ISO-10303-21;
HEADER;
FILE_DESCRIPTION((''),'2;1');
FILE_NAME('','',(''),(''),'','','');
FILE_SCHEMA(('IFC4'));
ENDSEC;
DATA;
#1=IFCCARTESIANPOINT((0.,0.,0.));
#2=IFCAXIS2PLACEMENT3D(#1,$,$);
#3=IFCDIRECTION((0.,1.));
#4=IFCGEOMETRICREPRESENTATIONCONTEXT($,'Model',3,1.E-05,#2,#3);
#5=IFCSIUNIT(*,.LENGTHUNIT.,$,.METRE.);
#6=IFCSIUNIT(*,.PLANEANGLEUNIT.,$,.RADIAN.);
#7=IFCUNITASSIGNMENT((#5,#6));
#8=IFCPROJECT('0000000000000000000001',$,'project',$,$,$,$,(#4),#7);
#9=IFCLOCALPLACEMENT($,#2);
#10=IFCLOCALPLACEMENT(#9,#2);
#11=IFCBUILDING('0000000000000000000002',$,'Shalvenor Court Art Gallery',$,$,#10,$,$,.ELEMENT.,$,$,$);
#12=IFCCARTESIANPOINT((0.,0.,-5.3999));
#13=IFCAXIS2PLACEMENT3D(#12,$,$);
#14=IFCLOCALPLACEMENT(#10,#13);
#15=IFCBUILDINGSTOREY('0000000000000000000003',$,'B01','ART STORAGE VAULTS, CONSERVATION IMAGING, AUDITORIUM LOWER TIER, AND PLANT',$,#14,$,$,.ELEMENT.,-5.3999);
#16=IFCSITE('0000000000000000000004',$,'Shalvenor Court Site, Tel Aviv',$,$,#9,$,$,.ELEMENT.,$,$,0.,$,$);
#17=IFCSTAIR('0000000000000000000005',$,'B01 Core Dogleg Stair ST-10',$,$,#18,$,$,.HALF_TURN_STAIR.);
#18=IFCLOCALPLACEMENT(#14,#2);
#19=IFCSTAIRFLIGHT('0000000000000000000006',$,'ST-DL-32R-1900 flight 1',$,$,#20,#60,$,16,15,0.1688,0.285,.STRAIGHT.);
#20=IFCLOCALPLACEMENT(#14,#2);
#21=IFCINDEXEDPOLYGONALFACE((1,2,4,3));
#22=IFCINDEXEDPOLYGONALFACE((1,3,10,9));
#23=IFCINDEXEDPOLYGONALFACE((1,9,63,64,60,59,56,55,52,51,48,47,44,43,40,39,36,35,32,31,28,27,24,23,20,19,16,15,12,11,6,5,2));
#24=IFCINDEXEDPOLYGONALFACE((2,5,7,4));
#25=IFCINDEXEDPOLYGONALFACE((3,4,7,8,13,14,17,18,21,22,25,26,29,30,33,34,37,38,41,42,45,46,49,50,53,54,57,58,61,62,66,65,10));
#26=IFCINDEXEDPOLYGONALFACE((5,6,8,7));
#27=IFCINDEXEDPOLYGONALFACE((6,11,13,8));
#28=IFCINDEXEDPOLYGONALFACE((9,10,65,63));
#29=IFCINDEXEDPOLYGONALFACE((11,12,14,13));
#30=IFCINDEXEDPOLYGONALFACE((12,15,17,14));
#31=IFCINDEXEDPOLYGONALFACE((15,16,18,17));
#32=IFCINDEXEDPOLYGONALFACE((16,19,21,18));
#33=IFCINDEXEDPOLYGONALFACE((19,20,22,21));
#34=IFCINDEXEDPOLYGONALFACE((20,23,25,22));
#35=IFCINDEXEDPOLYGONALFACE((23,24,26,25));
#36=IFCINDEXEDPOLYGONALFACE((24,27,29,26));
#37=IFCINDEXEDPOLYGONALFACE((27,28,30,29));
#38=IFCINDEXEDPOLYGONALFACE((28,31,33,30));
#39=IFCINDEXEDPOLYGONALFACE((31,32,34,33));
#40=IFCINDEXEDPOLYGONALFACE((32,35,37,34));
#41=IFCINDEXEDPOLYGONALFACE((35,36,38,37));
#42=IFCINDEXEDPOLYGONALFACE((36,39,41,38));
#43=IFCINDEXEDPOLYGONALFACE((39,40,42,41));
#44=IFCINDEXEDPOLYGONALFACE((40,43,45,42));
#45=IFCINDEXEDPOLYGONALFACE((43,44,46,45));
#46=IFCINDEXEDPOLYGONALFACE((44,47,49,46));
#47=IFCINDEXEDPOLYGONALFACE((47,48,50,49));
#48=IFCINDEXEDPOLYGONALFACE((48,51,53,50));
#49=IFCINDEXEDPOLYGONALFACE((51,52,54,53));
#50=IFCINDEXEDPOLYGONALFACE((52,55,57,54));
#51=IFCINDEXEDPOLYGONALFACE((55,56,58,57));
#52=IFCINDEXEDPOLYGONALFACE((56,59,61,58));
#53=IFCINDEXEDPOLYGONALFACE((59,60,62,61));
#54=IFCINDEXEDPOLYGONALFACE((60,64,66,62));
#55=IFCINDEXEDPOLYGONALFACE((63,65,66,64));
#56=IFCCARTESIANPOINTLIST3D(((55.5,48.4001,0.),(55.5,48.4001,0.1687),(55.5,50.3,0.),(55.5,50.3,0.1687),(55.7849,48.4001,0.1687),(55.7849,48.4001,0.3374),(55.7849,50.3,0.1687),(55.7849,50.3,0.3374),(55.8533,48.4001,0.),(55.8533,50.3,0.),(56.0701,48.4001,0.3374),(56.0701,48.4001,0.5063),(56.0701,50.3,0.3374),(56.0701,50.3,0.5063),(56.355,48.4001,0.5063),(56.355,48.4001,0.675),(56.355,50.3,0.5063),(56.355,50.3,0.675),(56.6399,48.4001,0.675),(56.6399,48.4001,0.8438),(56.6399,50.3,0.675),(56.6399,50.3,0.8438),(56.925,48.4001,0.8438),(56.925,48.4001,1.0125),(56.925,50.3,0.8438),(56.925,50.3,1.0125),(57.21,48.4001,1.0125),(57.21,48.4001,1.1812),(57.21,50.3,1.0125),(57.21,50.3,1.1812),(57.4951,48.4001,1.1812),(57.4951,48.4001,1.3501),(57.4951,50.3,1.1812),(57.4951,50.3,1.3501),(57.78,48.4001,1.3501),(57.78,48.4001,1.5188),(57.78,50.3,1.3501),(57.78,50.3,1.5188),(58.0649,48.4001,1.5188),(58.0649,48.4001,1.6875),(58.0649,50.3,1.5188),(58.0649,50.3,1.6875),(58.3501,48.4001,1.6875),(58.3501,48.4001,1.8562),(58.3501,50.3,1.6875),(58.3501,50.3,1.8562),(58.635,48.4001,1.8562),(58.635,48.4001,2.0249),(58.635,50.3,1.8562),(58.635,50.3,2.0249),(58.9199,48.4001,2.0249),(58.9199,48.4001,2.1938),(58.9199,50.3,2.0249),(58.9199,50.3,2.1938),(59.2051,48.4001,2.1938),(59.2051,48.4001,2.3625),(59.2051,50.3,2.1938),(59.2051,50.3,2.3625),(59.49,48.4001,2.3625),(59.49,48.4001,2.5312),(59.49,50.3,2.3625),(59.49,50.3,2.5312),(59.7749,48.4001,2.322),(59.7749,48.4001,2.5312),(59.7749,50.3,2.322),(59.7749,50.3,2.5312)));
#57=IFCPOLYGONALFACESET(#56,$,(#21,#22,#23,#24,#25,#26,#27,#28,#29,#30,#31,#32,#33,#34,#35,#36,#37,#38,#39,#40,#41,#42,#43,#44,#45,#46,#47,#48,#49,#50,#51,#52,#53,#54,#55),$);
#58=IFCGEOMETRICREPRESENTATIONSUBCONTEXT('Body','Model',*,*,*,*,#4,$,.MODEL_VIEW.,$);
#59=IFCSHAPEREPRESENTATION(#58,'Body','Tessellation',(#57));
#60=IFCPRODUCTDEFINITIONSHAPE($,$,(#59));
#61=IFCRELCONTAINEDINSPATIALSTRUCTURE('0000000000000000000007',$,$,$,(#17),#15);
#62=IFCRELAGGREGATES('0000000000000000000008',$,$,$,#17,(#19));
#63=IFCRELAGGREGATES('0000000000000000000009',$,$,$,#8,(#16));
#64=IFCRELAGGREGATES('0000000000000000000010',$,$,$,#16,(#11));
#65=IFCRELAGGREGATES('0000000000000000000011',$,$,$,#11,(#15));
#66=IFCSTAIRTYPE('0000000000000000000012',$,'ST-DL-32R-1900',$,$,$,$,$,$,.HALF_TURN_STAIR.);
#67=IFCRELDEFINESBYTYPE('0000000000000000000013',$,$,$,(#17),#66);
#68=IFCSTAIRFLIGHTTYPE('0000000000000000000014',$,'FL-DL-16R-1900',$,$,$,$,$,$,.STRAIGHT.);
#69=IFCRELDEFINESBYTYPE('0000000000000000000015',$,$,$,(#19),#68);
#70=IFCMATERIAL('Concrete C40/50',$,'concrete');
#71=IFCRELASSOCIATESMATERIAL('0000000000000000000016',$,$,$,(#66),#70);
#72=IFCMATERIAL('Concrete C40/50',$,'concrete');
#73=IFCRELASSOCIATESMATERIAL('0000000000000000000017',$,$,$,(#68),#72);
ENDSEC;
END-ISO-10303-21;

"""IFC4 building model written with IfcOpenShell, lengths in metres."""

from ifc_helpers import new_model, si_unit, direction, frame, origin, place, context, subcontext, project, spatial, polyline, outline, extrude, material, type_object, element, aggregate, save


model = new_model("IFC4")

# Units and contexts
model_context = context("Model", 3, precision=1e-05, world=origin(), true_north=direction((0.0, 1.0)))
body_context = subcontext(model_context, "Body", "Model", "MODEL_VIEW")
ifc_project = project(units=[si_unit("LENGTHUNIT", "METRE"), si_unit("PLANEANGLEUNIT", "RADIAN")], contexts=[model_context])

# Site, building, storey
site_placement = place(None, origin())
site = spatial("IfcSite", under=ifc_project, at=site_placement, Name="Shalvenor Court Site, Tel Aviv", CompositionType="ELEMENT", RefElevation=0.0)
building_placement = place(site_placement, origin())
building = spatial("IfcBuilding", under=site, at=building_placement, Name="Shalvenor Court Art Gallery", CompositionType="ELEMENT")
storey_placement = place(building_placement, frame((0.0, 0.0, -5.3999)))
storey = spatial("IfcBuildingStorey", under=building, at=storey_placement, Name="B01", Description="ART STORAGE VAULTS, CONSERVATION IMAGING, AUDITORIUM LOWER TIER, AND PLANT", CompositionType="ELEMENT", Elevation=-5.3999)

# Stair, stair flight
ifc_material_1 = material(Name="Concrete C40/50", Category="concrete")
stair_type = type_object("IfcStairType", Name="ST-DL-32R-1900", PredefinedType="HALF_TURN_STAIR", material=ifc_material_1)
stair_placement = place(storey_placement, origin())
stair = element("IfcStair", 1, at=stair_placement, inside=storey, type_object=stair_type, Name="B01 Core Dogleg Stair ST-10", PredefinedType="HALF_TURN_STAIR")
ifc_material_2 = material(Name="Concrete C40/50", Category="concrete")
stair_flight_type = type_object("IfcStairFlightType", Name="FL-DL-16R-1900", PredefinedType="STRAIGHT", material=ifc_material_2)
stair_flight_placement = place(storey_placement, frame((55.5, 49.3501, 0.0), z_axis=(0.0, 0.0, 1.0), x_axis=(1.0, 0.0, 0.0)))
stair_flight = element("IfcStairFlight", 2, at=stair_flight_placement, type_object=stair_flight_type, Name="ST-DL-32R-1900 flight 1", NumberOfRisers=16, NumberOfTreads=15, PredefinedType="STRAIGHT", RiserHeight=0.1688, TreadLength=0.285, context=body_context, shape_type="SweptSolid", body=[
    extrude(outline(polyline([(0.0, 0.0), (0.0, 0.1687), (0.2849, 0.1687), (0.2849, 0.3374), (0.5701, 0.3374), (0.5701, 0.5063), (0.855, 0.5063), (0.855, 0.675), (1.1399, 0.675), (1.1399, 0.8438), (1.425, 0.8438), (1.425, 1.0125), (1.71, 1.0125), (1.71, 1.1812), (1.9951, 1.1812), (1.9951, 1.3501), (2.28, 1.3501), (2.28, 1.5188), (2.5649, 1.5188), (2.5649, 1.6875), (2.8501, 1.6875), (2.8501, 1.8562), (3.135, 1.8562), (3.135, 2.0249), (3.4199, 2.0249), (3.4199, 2.1938), (3.7051, 2.1938), (3.7051, 2.3625), (3.99, 2.3625), (3.99, 2.5312), (4.2749, 2.5312), (4.2749, 2.7), (4.2749, 2.322), (0.3533, 0.0), (0.0, 0.0)])), frame((0.0, 0.95, 0.0), z_axis=(0.0, -1.0, 0.0), x_axis=(1.0, 0.0, 0.0)), (0.0, 0.0, 1.0), 1.8999),
])
aggregate(stair, [stair_flight])

save(model, "model.ifc")
